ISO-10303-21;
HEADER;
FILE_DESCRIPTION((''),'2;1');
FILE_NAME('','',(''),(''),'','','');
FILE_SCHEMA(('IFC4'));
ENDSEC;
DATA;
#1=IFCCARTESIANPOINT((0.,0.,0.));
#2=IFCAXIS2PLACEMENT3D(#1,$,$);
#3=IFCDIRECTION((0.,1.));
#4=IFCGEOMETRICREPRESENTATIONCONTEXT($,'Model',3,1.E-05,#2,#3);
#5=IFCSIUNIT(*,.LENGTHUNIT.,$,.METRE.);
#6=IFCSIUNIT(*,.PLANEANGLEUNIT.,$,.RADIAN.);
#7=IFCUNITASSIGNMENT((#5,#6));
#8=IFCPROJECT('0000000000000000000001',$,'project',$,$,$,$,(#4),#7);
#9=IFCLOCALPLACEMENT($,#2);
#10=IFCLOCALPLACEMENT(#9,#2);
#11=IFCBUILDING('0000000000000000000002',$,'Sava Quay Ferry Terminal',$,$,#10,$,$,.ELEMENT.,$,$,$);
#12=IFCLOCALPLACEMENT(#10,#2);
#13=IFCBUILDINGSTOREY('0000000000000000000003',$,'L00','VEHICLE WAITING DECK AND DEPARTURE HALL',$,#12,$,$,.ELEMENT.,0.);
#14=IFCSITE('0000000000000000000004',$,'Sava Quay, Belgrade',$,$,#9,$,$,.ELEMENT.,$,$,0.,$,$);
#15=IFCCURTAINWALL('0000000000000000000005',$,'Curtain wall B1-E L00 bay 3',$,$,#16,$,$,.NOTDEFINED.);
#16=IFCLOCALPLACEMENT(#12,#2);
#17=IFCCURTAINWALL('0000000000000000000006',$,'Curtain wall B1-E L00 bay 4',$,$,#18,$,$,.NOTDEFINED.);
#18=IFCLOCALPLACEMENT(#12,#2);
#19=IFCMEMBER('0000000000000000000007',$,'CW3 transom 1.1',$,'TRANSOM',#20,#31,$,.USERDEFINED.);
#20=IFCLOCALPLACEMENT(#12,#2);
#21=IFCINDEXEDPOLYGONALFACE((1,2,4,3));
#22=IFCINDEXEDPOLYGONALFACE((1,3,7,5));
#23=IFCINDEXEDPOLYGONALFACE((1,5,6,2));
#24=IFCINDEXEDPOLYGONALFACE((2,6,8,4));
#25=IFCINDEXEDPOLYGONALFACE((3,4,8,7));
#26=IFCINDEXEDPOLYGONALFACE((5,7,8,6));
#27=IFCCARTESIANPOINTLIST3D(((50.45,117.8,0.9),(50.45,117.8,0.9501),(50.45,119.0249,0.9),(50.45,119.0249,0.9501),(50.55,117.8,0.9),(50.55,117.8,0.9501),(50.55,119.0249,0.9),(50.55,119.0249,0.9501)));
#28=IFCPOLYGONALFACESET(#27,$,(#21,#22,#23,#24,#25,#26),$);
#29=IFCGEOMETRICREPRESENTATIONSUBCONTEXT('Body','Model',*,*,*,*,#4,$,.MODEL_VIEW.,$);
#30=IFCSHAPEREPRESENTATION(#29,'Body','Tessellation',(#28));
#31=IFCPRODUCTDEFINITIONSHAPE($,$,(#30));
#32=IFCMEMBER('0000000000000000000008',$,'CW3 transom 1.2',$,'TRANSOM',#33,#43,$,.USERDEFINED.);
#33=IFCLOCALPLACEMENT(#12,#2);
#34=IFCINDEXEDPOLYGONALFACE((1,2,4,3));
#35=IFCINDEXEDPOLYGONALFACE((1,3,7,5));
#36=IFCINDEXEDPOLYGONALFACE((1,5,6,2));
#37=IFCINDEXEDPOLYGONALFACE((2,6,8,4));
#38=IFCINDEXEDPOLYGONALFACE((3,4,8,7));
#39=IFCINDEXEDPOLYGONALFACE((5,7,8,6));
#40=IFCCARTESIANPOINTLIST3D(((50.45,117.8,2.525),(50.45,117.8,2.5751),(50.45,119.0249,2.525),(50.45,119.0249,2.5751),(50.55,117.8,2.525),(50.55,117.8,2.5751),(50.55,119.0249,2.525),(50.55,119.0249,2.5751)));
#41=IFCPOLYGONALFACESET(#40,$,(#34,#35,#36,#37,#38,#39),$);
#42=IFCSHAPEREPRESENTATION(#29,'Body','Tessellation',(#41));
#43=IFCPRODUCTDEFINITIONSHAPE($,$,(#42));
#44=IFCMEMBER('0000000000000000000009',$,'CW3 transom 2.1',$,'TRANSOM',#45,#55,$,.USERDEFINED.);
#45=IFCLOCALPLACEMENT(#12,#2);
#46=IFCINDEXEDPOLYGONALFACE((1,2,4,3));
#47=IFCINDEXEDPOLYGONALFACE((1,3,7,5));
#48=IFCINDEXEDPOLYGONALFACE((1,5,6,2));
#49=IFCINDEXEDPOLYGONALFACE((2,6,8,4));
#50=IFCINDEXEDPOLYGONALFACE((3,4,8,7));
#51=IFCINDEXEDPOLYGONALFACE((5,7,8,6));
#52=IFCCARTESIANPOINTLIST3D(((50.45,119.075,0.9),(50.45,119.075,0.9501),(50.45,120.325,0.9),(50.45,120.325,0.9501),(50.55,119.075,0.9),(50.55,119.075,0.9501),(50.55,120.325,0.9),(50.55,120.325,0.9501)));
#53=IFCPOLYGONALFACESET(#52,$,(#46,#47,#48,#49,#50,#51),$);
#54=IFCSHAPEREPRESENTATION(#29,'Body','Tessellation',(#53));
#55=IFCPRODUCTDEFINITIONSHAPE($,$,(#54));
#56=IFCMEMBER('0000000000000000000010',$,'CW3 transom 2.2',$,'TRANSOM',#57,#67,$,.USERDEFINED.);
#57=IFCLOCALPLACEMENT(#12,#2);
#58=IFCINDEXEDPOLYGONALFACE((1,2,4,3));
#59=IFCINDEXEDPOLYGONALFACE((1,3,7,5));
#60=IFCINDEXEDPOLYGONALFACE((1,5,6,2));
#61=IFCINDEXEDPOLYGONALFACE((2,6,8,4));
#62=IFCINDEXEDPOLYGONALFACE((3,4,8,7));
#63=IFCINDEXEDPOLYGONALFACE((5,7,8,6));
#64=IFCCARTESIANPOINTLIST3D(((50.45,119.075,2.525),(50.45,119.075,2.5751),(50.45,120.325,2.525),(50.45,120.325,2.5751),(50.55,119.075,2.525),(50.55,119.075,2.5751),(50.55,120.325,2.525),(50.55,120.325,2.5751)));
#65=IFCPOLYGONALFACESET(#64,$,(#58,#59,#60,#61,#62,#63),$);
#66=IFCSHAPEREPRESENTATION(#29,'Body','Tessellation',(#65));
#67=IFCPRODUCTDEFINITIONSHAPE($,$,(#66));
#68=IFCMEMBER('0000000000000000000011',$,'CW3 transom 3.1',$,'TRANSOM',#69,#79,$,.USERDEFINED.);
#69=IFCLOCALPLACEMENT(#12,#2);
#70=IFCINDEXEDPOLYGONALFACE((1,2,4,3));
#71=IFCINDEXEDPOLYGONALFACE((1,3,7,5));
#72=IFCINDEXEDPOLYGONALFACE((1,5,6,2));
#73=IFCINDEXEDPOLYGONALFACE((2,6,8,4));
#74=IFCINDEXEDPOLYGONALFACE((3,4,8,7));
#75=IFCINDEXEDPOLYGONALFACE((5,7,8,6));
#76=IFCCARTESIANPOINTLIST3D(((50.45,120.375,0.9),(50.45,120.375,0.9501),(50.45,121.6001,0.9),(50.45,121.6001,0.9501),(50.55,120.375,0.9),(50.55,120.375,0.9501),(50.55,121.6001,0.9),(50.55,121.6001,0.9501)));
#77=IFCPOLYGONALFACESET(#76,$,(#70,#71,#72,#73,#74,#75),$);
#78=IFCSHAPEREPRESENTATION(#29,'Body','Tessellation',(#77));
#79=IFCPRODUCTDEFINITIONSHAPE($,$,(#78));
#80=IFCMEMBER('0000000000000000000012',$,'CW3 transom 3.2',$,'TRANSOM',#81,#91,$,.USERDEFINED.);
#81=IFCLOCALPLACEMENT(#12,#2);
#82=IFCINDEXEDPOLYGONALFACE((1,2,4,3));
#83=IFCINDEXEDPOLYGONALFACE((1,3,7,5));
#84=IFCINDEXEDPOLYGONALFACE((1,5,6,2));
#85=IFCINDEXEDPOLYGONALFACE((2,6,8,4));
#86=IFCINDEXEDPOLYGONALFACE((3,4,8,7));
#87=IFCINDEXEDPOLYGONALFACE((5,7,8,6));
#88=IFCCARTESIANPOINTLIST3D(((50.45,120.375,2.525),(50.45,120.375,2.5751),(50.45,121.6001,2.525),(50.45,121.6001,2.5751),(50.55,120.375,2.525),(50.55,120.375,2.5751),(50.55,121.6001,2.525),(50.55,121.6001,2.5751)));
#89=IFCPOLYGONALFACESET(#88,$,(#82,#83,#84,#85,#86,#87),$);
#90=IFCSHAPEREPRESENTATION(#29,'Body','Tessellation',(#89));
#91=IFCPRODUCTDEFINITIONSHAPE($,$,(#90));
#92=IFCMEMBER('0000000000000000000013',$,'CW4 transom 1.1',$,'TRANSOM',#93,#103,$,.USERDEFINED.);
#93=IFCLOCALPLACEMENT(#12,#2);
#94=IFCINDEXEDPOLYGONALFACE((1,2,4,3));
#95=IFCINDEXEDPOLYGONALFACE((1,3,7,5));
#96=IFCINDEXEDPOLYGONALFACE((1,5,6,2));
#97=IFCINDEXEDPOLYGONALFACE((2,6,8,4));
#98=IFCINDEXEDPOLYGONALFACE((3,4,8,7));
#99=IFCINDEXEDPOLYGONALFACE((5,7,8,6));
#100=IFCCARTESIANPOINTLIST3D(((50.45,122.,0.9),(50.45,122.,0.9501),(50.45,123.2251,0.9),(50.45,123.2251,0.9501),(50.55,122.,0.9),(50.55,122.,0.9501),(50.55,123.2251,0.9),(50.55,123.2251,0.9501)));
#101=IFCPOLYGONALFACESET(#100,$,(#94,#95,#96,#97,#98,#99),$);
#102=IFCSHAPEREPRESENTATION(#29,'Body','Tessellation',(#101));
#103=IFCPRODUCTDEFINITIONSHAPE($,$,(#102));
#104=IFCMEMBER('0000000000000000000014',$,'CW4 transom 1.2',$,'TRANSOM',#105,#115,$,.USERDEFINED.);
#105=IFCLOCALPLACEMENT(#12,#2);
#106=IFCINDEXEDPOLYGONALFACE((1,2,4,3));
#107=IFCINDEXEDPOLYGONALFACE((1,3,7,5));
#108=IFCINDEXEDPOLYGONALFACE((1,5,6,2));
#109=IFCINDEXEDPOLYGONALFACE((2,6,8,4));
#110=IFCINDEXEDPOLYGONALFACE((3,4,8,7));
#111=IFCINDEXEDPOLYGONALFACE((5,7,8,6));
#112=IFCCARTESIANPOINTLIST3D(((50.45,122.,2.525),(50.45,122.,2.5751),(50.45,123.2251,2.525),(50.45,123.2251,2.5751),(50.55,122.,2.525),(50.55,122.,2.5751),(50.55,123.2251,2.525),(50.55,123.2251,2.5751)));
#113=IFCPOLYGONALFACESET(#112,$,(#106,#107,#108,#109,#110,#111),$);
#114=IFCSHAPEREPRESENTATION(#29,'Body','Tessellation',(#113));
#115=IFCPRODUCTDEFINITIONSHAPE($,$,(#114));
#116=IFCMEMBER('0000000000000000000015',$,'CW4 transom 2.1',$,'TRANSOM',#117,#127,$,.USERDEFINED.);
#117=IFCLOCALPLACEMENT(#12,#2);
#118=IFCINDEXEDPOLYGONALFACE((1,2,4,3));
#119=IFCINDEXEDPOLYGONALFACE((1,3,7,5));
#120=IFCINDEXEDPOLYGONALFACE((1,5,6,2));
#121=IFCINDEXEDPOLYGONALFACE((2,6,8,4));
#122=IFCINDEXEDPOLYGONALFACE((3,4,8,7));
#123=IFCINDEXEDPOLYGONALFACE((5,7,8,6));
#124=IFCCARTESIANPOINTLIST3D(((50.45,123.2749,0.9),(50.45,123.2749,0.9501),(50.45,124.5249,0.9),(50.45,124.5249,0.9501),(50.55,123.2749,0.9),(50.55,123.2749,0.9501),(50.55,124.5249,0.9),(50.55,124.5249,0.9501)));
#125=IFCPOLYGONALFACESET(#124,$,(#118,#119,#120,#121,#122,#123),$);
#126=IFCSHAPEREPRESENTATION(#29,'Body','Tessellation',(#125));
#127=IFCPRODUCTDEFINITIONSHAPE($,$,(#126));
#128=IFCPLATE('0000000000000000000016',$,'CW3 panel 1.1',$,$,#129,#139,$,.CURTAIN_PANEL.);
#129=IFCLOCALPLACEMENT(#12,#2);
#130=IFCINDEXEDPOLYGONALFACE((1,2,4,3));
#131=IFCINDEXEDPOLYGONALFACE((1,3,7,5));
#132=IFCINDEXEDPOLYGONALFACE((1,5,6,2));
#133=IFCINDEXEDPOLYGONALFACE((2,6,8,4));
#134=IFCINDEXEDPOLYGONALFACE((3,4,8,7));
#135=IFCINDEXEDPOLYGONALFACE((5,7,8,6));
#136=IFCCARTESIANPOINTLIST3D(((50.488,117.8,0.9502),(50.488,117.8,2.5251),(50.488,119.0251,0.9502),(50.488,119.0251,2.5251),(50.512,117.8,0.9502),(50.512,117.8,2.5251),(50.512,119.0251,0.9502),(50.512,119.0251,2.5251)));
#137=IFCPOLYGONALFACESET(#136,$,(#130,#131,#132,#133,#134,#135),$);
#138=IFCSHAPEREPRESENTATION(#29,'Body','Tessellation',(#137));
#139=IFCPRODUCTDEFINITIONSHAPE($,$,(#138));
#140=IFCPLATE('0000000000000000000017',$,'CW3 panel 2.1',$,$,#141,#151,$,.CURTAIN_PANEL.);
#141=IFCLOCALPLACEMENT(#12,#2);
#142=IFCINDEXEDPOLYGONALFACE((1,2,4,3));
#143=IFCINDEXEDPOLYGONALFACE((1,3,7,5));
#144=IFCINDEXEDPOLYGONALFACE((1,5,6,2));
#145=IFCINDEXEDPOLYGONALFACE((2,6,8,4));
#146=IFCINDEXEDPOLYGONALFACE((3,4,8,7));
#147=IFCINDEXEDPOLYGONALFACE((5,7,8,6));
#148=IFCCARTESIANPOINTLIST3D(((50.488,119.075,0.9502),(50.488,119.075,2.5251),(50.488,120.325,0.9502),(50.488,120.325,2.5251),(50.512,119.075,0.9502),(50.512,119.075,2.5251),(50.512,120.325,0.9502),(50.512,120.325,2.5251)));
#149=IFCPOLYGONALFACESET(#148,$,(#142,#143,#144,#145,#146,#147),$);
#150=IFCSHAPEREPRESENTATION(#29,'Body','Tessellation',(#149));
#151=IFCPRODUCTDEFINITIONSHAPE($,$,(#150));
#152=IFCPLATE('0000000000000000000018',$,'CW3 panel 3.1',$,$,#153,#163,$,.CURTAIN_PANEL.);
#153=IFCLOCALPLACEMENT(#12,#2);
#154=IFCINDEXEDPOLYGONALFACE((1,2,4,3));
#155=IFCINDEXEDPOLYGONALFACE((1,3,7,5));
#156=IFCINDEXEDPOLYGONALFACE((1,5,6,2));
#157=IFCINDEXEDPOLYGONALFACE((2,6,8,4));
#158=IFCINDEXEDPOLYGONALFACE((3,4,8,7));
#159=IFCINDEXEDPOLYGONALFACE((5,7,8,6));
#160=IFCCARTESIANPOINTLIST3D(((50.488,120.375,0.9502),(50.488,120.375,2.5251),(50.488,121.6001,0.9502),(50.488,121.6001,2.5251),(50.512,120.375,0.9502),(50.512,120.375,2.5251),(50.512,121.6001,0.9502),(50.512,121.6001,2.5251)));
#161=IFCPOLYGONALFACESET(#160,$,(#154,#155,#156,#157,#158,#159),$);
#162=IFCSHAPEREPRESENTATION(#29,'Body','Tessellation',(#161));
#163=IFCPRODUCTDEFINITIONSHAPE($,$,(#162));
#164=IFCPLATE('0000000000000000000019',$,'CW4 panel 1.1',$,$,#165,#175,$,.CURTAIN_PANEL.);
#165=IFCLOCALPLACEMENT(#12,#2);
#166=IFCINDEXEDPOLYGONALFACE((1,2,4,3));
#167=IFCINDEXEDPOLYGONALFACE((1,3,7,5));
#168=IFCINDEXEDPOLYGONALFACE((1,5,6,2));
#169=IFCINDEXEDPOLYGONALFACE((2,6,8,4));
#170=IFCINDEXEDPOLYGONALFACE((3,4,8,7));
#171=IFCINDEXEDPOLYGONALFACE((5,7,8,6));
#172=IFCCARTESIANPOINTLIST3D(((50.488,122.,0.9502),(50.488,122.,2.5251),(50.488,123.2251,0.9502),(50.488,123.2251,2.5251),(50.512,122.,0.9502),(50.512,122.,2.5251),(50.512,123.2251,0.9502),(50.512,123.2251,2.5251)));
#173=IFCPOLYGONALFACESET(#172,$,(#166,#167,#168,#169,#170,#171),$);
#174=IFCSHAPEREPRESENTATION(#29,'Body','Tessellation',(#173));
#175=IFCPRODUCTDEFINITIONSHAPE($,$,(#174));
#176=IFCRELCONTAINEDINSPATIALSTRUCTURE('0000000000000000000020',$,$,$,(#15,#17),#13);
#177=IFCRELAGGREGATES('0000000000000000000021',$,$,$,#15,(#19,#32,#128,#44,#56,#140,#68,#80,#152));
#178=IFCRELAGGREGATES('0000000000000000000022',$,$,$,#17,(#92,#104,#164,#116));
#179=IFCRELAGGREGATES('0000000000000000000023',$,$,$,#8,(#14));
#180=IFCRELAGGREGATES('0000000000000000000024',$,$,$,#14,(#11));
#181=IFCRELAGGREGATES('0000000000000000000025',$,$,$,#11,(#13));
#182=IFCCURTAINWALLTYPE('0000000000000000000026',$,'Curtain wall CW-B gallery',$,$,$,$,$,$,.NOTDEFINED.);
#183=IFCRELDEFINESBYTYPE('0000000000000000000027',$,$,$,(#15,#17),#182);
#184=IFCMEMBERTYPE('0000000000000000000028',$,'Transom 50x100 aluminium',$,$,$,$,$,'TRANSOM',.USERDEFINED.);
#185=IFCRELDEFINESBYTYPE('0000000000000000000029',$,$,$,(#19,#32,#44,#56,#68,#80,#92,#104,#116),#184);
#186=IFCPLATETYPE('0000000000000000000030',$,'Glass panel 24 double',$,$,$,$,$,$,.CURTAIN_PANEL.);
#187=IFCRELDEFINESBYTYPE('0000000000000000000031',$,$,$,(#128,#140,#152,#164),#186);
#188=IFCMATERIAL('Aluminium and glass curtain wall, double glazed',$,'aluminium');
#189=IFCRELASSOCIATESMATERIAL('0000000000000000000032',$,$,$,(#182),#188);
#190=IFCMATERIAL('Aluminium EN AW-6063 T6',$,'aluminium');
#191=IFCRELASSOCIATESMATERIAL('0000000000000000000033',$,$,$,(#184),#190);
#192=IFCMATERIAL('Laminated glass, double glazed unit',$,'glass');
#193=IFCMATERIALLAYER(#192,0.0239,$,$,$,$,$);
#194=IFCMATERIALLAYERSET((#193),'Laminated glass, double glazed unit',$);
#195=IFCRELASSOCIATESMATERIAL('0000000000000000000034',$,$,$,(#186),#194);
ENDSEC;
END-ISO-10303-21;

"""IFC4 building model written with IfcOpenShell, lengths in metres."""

from ifc_helpers import new_model, si_unit, direction, frame, origin, origin_2d, place, context, subcontext, project, spatial, rectangle, extrude, material, layer, layer_set, material_profile, profile_set, type_object, element, aggregate, save


model = new_model("IFC4")

# Units and contexts
model_context = context("Model", 3, precision=1e-05, world=origin(), true_north=direction((0.0, 1.0)))
body_context = subcontext(model_context, "Body", "Model", "MODEL_VIEW")
ifc_project = project(units=[si_unit("LENGTHUNIT", "METRE"), si_unit("PLANEANGLEUNIT", "RADIAN")], contexts=[model_context])

# Site, building, storey
site_placement = place(None, origin())
site = spatial("IfcSite", under=ifc_project, at=site_placement, Name="Sava Quay, Belgrade", CompositionType="ELEMENT", RefElevation=0.0)
building_placement = place(site_placement, origin())
building = spatial("IfcBuilding", under=site, at=building_placement, Name="Sava Quay Ferry Terminal", CompositionType="ELEMENT")
storey_placement = place(building_placement, origin())
storey = spatial("IfcBuildingStorey", under=building, at=storey_placement, Name="L00", Description="VEHICLE WAITING DECK AND DEPARTURE HALL", CompositionType="ELEMENT", Elevation=0.0)

# Curtain walls
ifc_material_1 = material(Name="Aluminium and glass curtain wall, double glazed", Category="aluminium")
curtain_wall_type = type_object("IfcCurtainWallType", Name="Curtain wall CW-B gallery", PredefinedType="NOTDEFINED", material=ifc_material_1)
curtain_wall_1_placement = place(storey_placement, origin())
curtain_wall_1 = element("IfcCurtainWall", 1, at=curtain_wall_1_placement, inside=storey, type_object=curtain_wall_type, Name="Curtain wall B1-E L00 bay 3", PredefinedType="NOTDEFINED")
curtain_wall_2_placement = place(storey_placement, origin())
curtain_wall_2 = element("IfcCurtainWall", 2, at=curtain_wall_2_placement, inside=storey, type_object=curtain_wall_type, Name="Curtain wall B1-E L00 bay 4", PredefinedType="NOTDEFINED")

# Members
ifc_material_2 = material(Name="Aluminium EN AW-6063 T6", Category="aluminium")
ifc_material_profile_1 = material_profile(ifc_material_2, rectangle(XDim=0.1001, YDim=0.05, at=origin_2d()), Name="Transom 50x100 aluminium")
ifc_profile_set_1 = profile_set([ifc_material_profile_1], Name="Aluminium EN AW-6063 T6")
member_type_1 = type_object("IfcMemberType", Name="Transom 50x100 aluminium", ElementType="TRANSOM", PredefinedType="USERDEFINED", material=ifc_profile_set_1)
member_1_placement = place(storey_placement, frame((50.5, 117.8, 0.925), z_axis=(0.0, 1.0, 0.0), x_axis=(-1.0, 0.0, 0.0)))
member_1 = element("IfcMember", 3, at=member_1_placement, type_object=member_type_1, Name="CW3 transom 1.1", ObjectType="TRANSOM", PredefinedType="USERDEFINED", context=body_context, shape_type="SweptSolid", body=[
    extrude(rectangle(XDim=0.1001, YDim=0.05, at=origin_2d()), origin(), (0.0, 0.0, 1.0), 1.2249),
])
member_2_placement = place(storey_placement, frame((50.5, 117.8, 2.55), z_axis=(0.0, 1.0, 0.0), x_axis=(-1.0, 0.0, 0.0)))
member_2 = element("IfcMember", 4, at=member_2_placement, type_object=member_type_1, Name="CW3 transom 1.2", ObjectType="TRANSOM", PredefinedType="USERDEFINED", context=body_context, shape_type="SweptSolid", body=[
    extrude(rectangle(XDim=0.1001, YDim=0.05, at=origin_2d()), origin(), (0.0, 0.0, 1.0), 1.2249),
])
member_3_placement = place(storey_placement, frame((50.5, 119.075, 0.925), z_axis=(0.0, 1.0, 0.0), x_axis=(-1.0, 0.0, 0.0)))
member_3 = element("IfcMember", 5, at=member_3_placement, type_object=member_type_1, Name="CW3 transom 2.1", ObjectType="TRANSOM", PredefinedType="USERDEFINED", context=body_context, shape_type="SweptSolid", body=[
    extrude(rectangle(XDim=0.1001, YDim=0.05, at=origin_2d()), origin(), (0.0, 0.0, 1.0), 1.25),
])
member_4_placement = place(storey_placement, frame((50.5, 119.075, 2.55), z_axis=(0.0, 1.0, 0.0), x_axis=(-1.0, 0.0, 0.0)))
member_4 = element("IfcMember", 6, at=member_4_placement, type_object=member_type_1, Name="CW3 transom 2.2", ObjectType="TRANSOM", PredefinedType="USERDEFINED", context=body_context, shape_type="SweptSolid", body=[
    extrude(rectangle(XDim=0.1001, YDim=0.05, at=origin_2d()), origin(), (0.0, 0.0, 1.0), 1.25),
])
member_5_placement = place(storey_placement, frame((50.5, 120.375, 0.925), z_axis=(0.0, 1.0, 0.0), x_axis=(-1.0, 0.0, 0.0)))
member_5 = element("IfcMember", 7, at=member_5_placement, type_object=member_type_1, Name="CW3 transom 3.1", ObjectType="TRANSOM", PredefinedType="USERDEFINED", context=body_context, shape_type="SweptSolid", body=[
    extrude(rectangle(XDim=0.1001, YDim=0.05, at=origin_2d()), origin(), (0.0, 0.0, 1.0), 1.2251),
])
member_6_placement = place(storey_placement, frame((50.5, 120.375, 2.55), z_axis=(0.0, 1.0, 0.0), x_axis=(-1.0, 0.0, 0.0)))
member_6 = element("IfcMember", 8, at=member_6_placement, type_object=member_type_1, Name="CW3 transom 3.2", ObjectType="TRANSOM", PredefinedType="USERDEFINED", context=body_context, shape_type="SweptSolid", body=[
    extrude(rectangle(XDim=0.1001, YDim=0.05, at=origin_2d()), origin(), (0.0, 0.0, 1.0), 1.2251),
])
member_7_placement = place(storey_placement, frame((50.5, 122.0, 0.925), z_axis=(0.0, 1.0, 0.0), x_axis=(-1.0, 0.0, 0.0)))
member_7 = element("IfcMember", 9, at=member_7_placement, type_object=member_type_1, Name="CW4 transom 1.1", ObjectType="TRANSOM", PredefinedType="USERDEFINED", context=body_context, shape_type="SweptSolid", body=[
    extrude(rectangle(XDim=0.1001, YDim=0.05, at=origin_2d()), origin(), (0.0, 0.0, 1.0), 1.2251),
])
member_8_placement = place(storey_placement, frame((50.5, 122.0, 2.55), z_axis=(0.0, 1.0, 0.0), x_axis=(-1.0, 0.0, 0.0)))
member_8 = element("IfcMember", 10, at=member_8_placement, type_object=member_type_1, Name="CW4 transom 1.2", ObjectType="TRANSOM", PredefinedType="USERDEFINED", context=body_context, shape_type="SweptSolid", body=[
    extrude(rectangle(XDim=0.1001, YDim=0.05, at=origin_2d()), origin(), (0.0, 0.0, 1.0), 1.2251),
])
member_9_placement = place(storey_placement, frame((50.5, 123.2749, 0.925), z_axis=(0.0, 1.0, 0.0), x_axis=(-1.0, 0.0, 0.0)))
member_9 = element("IfcMember", 11, at=member_9_placement, type_object=member_type_1, Name="CW4 transom 2.1", ObjectType="TRANSOM", PredefinedType="USERDEFINED", context=body_context, shape_type="SweptSolid", body=[
    extrude(rectangle(XDim=0.1001, YDim=0.05, at=origin_2d()), origin(), (0.0, 0.0, 1.0), 1.25),
])

# Plates
ifc_material_3 = material(Name="Laminated glass, double glazed unit", Category="glass")
ifc_layer = layer(ifc_material_3, 0.0239)
ifc_layer_set = layer_set([ifc_layer], Name="Laminated glass, double glazed unit")
plate_type = type_object("IfcPlateType", Name="Glass panel 24 double", PredefinedType="CURTAIN_PANEL", material=ifc_layer_set)
plate_1_placement = place(storey_placement, frame((50.5, 118.4126, 0.9502), z_axis=(0.0, 0.0, 1.0), x_axis=(0.0, 1.0, 0.0)))
plate_1 = element("IfcPlate", 12, at=plate_1_placement, type_object=plate_type, Name="CW3 panel 1.1", PredefinedType="CURTAIN_PANEL", context=body_context, shape_type="SweptSolid", body=[
    extrude(rectangle(XDim=1.2251, YDim=0.0239, at=origin_2d()), origin(), (0.0, 0.0, 1.0), 1.575),
])
plate_2_placement = place(storey_placement, frame((50.5, 119.7, 0.9502), z_axis=(0.0, 0.0, 1.0), x_axis=(0.0, 1.0, 0.0)))
plate_2 = element("IfcPlate", 13, at=plate_2_placement, type_object=plate_type, Name="CW3 panel 2.1", PredefinedType="CURTAIN_PANEL", context=body_context, shape_type="SweptSolid", body=[
    extrude(rectangle(XDim=1.25, YDim=0.0239, at=origin_2d()), origin(), (0.0, 0.0, 1.0), 1.575),
])
plate_3_placement = place(storey_placement, frame((50.5, 120.9875, 0.9502), z_axis=(0.0, 0.0, 1.0), x_axis=(0.0, 1.0, 0.0)))
plate_3 = element("IfcPlate", 14, at=plate_3_placement, type_object=plate_type, Name="CW3 panel 3.1", PredefinedType="CURTAIN_PANEL", context=body_context, shape_type="SweptSolid", body=[
    extrude(rectangle(XDim=1.2251, YDim=0.0239, at=origin_2d()), origin(), (0.0, 0.0, 1.0), 1.575),
])
aggregate(curtain_wall_1, [member_1, member_2, plate_1, member_3, member_4, plate_2, member_5, member_6, plate_3])
plate_4_placement = place(storey_placement, frame((50.5, 122.6125, 0.9502), z_axis=(0.0, 0.0, 1.0), x_axis=(0.0, 1.0, 0.0)))
plate_4 = element("IfcPlate", 15, at=plate_4_placement, type_object=plate_type, Name="CW4 panel 1.1", PredefinedType="CURTAIN_PANEL", context=body_context, shape_type="SweptSolid", body=[
    extrude(rectangle(XDim=1.2251, YDim=0.0239, at=origin_2d()), origin(), (0.0, 0.0, 1.0), 1.575),
])
aggregate(curtain_wall_2, [member_7, member_8, plate_4, member_9])

save(model, "model.ifc")
